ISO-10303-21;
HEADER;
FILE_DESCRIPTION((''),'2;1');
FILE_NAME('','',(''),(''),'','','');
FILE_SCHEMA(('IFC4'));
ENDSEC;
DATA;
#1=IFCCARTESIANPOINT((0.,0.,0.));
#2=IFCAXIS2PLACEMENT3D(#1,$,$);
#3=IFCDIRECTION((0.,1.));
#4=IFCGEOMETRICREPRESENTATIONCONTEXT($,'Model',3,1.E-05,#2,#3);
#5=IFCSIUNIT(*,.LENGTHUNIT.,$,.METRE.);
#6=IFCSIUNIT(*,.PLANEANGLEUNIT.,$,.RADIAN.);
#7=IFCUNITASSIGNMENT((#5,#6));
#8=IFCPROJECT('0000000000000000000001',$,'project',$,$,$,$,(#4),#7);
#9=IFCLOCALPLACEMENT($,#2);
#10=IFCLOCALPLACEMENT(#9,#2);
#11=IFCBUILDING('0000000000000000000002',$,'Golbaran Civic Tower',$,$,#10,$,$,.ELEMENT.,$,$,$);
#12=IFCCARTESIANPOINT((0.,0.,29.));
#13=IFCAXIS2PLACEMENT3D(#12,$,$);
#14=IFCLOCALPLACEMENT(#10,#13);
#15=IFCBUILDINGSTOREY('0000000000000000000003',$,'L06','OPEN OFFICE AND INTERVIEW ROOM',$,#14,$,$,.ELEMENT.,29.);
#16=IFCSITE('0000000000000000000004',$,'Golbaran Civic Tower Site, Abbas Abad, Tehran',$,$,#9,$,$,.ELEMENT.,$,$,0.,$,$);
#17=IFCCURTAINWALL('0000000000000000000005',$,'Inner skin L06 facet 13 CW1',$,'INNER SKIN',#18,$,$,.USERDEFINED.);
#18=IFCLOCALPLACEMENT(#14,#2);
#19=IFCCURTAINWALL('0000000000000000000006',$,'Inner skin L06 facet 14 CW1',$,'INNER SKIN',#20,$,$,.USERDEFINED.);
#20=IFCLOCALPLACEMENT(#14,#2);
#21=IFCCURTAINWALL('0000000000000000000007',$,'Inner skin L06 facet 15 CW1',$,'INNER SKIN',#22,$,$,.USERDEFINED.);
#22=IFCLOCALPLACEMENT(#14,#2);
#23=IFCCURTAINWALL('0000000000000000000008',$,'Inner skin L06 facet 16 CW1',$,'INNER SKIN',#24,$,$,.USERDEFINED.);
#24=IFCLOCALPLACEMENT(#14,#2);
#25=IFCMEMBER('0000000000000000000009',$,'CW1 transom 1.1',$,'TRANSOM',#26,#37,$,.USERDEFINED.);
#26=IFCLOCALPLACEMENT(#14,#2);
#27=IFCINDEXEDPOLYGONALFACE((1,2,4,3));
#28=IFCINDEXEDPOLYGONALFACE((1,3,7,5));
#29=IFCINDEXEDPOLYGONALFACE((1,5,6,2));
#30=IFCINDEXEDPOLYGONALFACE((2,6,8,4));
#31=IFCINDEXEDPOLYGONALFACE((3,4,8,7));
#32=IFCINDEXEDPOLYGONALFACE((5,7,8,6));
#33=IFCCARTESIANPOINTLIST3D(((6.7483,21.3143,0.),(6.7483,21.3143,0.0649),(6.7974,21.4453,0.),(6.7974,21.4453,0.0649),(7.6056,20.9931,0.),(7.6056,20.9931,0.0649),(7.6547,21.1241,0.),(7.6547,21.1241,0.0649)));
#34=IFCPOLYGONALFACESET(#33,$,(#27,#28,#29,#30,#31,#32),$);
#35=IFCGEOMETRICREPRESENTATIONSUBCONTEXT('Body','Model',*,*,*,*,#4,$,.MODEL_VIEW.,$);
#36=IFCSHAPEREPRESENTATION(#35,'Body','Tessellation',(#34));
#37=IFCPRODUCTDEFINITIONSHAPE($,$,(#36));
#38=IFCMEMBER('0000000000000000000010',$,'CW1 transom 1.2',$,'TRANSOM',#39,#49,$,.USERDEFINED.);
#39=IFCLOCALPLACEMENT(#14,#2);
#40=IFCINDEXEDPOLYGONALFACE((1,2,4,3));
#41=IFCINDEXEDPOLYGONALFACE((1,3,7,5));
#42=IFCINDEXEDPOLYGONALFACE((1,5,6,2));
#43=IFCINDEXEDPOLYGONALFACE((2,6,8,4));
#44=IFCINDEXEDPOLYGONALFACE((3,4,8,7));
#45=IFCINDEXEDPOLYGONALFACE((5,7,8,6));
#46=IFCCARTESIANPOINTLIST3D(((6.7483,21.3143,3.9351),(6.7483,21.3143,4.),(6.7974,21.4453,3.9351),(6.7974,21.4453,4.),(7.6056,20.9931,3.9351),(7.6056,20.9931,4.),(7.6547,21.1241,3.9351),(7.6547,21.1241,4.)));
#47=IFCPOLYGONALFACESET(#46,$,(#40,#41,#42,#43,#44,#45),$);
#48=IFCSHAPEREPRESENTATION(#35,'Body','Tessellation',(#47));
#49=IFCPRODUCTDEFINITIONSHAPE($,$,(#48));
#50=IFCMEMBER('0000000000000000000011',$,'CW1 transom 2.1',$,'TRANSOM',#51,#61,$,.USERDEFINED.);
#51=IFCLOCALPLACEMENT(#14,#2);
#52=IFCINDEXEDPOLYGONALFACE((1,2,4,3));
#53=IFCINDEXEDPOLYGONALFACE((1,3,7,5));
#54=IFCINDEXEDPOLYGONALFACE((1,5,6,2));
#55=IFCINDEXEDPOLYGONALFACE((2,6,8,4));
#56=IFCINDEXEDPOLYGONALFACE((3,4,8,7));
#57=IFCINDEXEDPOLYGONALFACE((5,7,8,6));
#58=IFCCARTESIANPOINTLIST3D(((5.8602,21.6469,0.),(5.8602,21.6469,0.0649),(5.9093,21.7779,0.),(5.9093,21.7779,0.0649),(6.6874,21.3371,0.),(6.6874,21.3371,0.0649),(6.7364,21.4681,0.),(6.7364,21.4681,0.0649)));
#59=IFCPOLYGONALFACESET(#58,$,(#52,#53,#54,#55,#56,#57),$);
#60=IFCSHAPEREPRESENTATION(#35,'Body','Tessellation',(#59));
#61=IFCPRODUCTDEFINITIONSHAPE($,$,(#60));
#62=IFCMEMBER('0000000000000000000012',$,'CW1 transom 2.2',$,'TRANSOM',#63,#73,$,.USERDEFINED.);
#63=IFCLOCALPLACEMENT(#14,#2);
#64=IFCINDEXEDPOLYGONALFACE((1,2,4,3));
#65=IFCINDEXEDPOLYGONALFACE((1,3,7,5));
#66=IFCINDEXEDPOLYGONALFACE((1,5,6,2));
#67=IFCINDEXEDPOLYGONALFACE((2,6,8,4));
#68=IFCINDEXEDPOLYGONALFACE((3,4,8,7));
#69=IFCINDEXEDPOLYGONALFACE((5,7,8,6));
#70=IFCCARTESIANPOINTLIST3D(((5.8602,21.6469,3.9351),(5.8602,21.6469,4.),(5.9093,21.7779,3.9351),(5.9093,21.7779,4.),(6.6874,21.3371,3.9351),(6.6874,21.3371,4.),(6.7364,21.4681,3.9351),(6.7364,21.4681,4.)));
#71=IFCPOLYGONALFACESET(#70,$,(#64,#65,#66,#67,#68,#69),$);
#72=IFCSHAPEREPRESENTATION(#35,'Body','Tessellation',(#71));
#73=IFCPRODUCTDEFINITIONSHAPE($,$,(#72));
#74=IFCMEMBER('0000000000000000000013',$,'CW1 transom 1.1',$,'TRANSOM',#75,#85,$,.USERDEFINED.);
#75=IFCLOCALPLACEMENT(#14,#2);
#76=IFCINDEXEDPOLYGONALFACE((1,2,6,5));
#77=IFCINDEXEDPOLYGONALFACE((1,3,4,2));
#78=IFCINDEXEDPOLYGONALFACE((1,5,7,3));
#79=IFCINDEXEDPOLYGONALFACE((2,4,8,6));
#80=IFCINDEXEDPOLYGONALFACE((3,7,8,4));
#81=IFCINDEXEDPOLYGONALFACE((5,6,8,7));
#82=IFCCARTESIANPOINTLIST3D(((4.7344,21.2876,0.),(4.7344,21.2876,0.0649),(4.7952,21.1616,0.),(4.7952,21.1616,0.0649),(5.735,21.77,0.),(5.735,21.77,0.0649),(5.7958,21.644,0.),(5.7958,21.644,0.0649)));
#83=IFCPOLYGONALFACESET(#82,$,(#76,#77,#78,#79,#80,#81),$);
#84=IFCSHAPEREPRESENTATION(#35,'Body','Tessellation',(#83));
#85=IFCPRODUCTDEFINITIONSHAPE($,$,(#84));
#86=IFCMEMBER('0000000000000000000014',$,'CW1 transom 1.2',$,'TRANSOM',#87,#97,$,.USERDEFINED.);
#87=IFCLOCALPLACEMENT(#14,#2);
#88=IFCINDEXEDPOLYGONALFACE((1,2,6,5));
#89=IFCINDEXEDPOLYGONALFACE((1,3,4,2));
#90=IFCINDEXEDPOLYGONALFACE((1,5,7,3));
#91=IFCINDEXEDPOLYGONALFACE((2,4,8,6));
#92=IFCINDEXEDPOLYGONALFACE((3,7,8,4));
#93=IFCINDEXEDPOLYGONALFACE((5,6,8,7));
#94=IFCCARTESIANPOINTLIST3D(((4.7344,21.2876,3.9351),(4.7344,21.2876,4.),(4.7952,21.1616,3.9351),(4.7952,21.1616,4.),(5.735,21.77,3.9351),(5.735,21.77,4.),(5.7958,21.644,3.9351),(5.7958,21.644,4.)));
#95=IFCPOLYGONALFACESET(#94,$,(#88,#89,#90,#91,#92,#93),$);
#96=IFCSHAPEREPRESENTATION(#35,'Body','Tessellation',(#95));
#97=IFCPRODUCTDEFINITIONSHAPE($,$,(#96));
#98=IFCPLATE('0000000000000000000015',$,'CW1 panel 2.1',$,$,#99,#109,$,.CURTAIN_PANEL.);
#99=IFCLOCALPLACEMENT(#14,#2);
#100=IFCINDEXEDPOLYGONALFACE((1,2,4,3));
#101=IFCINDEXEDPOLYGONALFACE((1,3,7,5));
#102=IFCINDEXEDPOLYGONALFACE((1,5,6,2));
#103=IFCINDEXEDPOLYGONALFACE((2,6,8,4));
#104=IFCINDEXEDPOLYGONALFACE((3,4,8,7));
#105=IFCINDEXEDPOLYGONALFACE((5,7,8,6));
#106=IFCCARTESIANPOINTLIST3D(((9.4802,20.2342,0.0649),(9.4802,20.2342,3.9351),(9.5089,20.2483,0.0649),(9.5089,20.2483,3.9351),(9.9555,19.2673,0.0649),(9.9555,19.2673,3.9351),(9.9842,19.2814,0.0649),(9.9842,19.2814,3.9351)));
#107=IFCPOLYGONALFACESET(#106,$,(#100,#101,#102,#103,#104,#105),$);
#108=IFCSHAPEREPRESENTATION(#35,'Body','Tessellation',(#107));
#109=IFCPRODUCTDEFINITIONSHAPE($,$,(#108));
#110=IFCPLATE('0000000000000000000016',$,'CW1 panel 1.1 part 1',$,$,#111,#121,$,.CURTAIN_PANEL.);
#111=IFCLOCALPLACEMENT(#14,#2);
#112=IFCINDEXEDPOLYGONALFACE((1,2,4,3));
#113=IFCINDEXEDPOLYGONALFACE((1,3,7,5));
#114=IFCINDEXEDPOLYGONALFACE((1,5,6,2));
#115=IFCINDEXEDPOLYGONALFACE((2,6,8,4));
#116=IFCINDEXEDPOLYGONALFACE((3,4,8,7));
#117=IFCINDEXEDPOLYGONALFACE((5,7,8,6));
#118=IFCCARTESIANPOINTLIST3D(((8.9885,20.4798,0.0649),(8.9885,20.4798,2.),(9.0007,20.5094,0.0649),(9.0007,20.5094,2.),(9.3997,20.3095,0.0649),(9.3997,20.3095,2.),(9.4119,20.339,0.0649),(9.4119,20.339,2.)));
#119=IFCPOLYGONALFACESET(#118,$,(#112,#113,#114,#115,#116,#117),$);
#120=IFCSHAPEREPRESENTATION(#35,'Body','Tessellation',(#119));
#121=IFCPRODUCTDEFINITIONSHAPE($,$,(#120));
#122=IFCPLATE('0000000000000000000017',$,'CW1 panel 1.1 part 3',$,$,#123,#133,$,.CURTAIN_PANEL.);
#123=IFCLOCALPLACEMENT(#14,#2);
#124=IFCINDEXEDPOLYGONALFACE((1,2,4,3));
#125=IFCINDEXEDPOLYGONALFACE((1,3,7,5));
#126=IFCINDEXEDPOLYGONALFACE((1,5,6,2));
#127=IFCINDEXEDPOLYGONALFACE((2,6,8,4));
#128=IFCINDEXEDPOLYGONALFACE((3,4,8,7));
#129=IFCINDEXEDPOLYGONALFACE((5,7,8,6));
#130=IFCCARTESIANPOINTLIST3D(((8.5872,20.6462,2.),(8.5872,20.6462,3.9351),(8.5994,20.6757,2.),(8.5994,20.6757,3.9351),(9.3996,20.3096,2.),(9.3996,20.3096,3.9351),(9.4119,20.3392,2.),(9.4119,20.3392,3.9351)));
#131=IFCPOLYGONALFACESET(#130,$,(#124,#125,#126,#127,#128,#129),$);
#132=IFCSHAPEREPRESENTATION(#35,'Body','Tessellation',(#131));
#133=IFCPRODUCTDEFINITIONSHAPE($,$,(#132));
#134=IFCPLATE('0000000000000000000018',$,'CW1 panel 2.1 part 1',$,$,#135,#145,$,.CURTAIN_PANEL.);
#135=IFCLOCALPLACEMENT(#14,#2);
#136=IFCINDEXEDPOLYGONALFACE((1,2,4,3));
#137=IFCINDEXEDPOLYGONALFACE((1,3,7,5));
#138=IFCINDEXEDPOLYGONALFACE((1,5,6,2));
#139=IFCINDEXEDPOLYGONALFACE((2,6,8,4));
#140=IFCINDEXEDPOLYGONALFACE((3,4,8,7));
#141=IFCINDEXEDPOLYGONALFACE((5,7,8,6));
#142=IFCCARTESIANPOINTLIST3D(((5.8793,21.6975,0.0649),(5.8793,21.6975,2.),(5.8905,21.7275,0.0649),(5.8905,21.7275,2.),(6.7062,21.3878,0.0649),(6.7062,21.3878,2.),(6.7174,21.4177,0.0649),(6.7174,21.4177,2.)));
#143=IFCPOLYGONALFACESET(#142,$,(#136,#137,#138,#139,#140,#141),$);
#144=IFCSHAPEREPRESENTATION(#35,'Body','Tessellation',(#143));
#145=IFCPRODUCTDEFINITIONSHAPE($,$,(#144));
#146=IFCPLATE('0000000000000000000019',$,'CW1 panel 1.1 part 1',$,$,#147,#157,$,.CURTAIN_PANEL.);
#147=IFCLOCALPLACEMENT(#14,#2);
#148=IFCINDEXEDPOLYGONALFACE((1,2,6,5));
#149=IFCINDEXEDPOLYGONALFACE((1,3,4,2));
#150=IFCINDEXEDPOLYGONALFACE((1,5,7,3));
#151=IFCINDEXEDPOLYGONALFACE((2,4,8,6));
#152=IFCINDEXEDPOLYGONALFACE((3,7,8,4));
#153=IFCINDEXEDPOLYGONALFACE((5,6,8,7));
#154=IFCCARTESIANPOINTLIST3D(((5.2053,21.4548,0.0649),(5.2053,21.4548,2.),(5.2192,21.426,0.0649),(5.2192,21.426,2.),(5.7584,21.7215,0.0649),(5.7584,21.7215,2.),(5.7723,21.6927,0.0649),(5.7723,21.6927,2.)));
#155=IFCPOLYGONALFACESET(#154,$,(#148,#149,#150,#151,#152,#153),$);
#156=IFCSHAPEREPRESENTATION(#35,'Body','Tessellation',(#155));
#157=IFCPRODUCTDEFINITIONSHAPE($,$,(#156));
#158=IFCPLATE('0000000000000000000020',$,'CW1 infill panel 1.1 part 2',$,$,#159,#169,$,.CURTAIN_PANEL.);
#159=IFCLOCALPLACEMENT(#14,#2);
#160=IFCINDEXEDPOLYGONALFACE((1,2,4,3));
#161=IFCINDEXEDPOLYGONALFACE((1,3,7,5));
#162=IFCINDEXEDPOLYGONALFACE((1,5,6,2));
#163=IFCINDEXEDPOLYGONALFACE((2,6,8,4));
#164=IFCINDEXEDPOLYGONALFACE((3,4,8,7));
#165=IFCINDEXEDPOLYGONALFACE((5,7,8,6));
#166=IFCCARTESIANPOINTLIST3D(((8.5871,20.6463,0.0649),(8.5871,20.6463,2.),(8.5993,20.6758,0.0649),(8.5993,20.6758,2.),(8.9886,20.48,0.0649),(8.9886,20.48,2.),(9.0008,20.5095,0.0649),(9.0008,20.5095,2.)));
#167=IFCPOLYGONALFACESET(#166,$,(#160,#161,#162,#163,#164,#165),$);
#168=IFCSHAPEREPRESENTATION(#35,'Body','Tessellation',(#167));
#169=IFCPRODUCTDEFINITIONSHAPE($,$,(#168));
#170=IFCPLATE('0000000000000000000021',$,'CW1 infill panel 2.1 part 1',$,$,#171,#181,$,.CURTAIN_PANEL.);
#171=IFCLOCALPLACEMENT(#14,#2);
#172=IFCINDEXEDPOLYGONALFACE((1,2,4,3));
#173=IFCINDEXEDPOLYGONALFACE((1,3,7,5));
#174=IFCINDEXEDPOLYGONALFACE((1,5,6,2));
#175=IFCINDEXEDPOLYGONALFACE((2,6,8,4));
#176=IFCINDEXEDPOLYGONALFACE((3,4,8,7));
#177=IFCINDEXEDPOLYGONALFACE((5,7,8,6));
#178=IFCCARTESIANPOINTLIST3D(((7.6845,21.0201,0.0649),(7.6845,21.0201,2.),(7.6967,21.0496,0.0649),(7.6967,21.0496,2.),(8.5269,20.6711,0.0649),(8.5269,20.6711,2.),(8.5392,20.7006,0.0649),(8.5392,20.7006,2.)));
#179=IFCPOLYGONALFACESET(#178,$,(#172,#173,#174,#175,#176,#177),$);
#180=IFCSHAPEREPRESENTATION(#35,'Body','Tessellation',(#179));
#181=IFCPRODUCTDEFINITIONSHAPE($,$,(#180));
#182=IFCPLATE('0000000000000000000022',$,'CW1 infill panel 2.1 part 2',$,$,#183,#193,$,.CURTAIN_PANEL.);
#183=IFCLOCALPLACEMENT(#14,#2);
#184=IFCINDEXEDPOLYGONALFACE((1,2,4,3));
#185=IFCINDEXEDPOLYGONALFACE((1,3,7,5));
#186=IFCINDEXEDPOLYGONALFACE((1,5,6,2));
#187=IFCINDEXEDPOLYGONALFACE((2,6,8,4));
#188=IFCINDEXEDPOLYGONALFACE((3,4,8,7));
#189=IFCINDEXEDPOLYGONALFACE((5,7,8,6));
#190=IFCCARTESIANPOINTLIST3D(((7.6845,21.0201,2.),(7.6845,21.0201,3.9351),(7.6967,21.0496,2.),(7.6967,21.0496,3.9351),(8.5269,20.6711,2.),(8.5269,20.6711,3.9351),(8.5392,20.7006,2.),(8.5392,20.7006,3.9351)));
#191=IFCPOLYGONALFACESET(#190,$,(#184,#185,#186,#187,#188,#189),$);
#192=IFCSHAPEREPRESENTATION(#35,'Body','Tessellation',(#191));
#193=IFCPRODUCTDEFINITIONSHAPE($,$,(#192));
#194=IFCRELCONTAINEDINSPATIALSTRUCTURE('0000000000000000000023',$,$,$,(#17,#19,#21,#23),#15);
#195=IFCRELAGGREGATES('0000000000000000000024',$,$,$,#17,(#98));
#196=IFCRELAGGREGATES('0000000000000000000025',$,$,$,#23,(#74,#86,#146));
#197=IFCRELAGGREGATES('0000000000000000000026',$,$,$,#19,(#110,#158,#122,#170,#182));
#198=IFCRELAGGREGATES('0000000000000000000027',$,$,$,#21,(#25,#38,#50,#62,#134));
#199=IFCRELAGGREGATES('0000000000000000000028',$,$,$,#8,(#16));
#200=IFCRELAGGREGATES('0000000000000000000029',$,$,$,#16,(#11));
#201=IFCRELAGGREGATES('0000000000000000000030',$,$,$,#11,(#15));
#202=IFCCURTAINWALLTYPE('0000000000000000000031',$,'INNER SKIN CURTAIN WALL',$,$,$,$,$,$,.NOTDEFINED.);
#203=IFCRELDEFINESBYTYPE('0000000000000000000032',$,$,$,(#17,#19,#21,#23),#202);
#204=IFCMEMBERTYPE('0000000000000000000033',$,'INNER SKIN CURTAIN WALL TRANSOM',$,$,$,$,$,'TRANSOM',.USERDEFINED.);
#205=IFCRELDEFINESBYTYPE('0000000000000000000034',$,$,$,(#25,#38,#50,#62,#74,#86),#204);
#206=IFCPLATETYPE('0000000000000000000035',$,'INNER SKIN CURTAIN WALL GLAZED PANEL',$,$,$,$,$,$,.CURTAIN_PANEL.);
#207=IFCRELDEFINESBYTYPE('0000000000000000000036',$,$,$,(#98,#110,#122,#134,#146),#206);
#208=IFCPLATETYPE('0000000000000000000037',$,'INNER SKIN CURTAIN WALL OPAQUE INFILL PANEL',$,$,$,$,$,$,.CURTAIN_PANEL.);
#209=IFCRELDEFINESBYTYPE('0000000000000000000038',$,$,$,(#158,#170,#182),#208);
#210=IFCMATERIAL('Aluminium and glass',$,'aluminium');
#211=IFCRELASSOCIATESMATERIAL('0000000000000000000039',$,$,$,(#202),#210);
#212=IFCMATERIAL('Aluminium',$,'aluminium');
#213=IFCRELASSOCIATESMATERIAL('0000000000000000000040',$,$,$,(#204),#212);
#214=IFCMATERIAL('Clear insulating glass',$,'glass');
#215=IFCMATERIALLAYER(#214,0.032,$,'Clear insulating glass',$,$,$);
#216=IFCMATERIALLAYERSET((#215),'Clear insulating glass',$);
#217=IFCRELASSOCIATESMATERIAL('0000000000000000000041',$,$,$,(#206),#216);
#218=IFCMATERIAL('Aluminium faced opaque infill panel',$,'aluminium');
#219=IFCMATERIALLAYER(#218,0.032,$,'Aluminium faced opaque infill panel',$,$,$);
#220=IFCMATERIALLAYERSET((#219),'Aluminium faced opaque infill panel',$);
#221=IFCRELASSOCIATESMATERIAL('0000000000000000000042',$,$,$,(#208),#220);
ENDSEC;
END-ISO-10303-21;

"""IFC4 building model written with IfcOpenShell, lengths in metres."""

from ifc_helpers import new_model, si_unit, direction, frame, origin, origin_2d, place, context, subcontext, project, spatial, rectangle, extrude, material, layer, layer_set, material_profile, profile_set, type_object, element, aggregate, save


model = new_model("IFC4")

# Units and contexts
model_context = context("Model", 3, precision=1e-05, world=origin(), true_north=direction((0.0, 1.0)))
body_context = subcontext(model_context, "Body", "Model", "MODEL_VIEW")
ifc_project = project(units=[si_unit("LENGTHUNIT", "METRE"), si_unit("PLANEANGLEUNIT", "RADIAN")], contexts=[model_context])

# Site, building, storey
site_placement = place(None, origin())
site = spatial("IfcSite", under=ifc_project, at=site_placement, Name="Golbaran Civic Tower Site, Abbas Abad, Tehran", CompositionType="ELEMENT", RefElevation=0.0)
building_placement = place(site_placement, origin())
building = spatial("IfcBuilding", under=site, at=building_placement, Name="Golbaran Civic Tower", CompositionType="ELEMENT")
storey_placement = place(building_placement, frame((0.0, 0.0, 29.0)))
storey = spatial("IfcBuildingStorey", under=building, at=storey_placement, Name="L06", Description="OPEN OFFICE AND INTERVIEW ROOM", CompositionType="ELEMENT", Elevation=29.0)

# Curtain wall
ifc_material_1 = material(Name="Aluminium and glass", Category="aluminium")
curtain_wall_type = type_object("IfcCurtainWallType", Name="INNER SKIN CURTAIN WALL", PredefinedType="NOTDEFINED", material=ifc_material_1)
curtain_wall_1_placement = place(storey_placement, origin())
curtain_wall_1 = element("IfcCurtainWall", 1, at=curtain_wall_1_placement, inside=storey, type_object=curtain_wall_type, Name="Inner skin L06 facet 13 CW1", ObjectType="INNER SKIN", PredefinedType="USERDEFINED")
ifc_material_2 = material(Name="Aluminium", Category="aluminium")

# Curtain walls
curtain_wall_2_placement = place(storey_placement, origin())
curtain_wall_2 = element("IfcCurtainWall", 2, at=curtain_wall_2_placement, inside=storey, type_object=curtain_wall_type, Name="Inner skin L06 facet 14 CW1", ObjectType="INNER SKIN", PredefinedType="USERDEFINED")
curtain_wall_3_placement = place(storey_placement, origin())
curtain_wall_3 = element("IfcCurtainWall", 3, at=curtain_wall_3_placement, inside=storey, type_object=curtain_wall_type, Name="Inner skin L06 facet 15 CW1", ObjectType="INNER SKIN", PredefinedType="USERDEFINED")

# Curtain wall
curtain_wall_4_placement = place(storey_placement, origin())
curtain_wall_4 = element("IfcCurtainWall", 4, at=curtain_wall_4_placement, inside=storey, type_object=curtain_wall_type, Name="Inner skin L06 facet 16 CW1", ObjectType="INNER SKIN", PredefinedType="USERDEFINED")

# Members
ifc_material_profile_1 = material_profile(ifc_material_2, rectangle(XDim=0.1399, YDim=0.0649, at=origin_2d()), Name="INNER SKIN CURTAIN WALL TRANSOM")
ifc_profile_set_1 = profile_set([ifc_material_profile_1], Name="Aluminium")
member_type_1 = type_object("IfcMemberType", Name="INNER SKIN CURTAIN WALL TRANSOM", ElementType="TRANSOM", PredefinedType="USERDEFINED", material=ifc_profile_set_1)
member_1_placement = place(storey_placement, frame((7.6301, 21.0586, 0.0325), z_axis=(-0.936417, 0.35089, 0.0), x_axis=(-0.35089, -0.936417, 0.0)))
member_1 = element("IfcMember", 5, at=member_1_placement, type_object=member_type_1, Name="CW1 transom 1.1", ObjectType="TRANSOM", PredefinedType="USERDEFINED", context=body_context, shape_type="SweptSolid", body=[
    extrude(rectangle(XDim=0.1399, YDim=0.0649, at=origin_2d()), origin(), (0.0, 0.0, 1.0), 0.9155),
])
member_2_placement = place(storey_placement, frame((7.6301, 21.0586, 3.9675), z_axis=(-0.936417, 0.35089, 0.0), x_axis=(-0.35089, -0.936417, 0.0)))
member_2 = element("IfcMember", 6, at=member_2_placement, type_object=member_type_1, Name="CW1 transom 1.2", ObjectType="TRANSOM", PredefinedType="USERDEFINED", context=body_context, shape_type="SweptSolid", body=[
    extrude(rectangle(XDim=0.1399, YDim=0.0649, at=origin_2d()), origin(), (0.0, 0.0, 1.0), 0.9155),
])
member_3_placement = place(storey_placement, frame((6.7119, 21.4026, 0.0325), z_axis=(-0.936465, 0.35076, 0.0), x_axis=(-0.35076, -0.936465, 0.0)))
member_3 = element("IfcMember", 7, at=member_3_placement, type_object=member_type_1, Name="CW1 transom 2.1", ObjectType="TRANSOM", PredefinedType="USERDEFINED", context=body_context, shape_type="SweptSolid", body=[
    extrude(rectangle(XDim=0.1399, YDim=0.0649, at=origin_2d()), origin(), (0.0, 0.0, 1.0), 0.8833),
])
member_4_placement = place(storey_placement, frame((6.7119, 21.4026, 3.9675), z_axis=(-0.936465, 0.35076, 0.0), x_axis=(-0.35076, -0.936465, 0.0)))
member_4 = element("IfcMember", 8, at=member_4_placement, type_object=member_type_1, Name="CW1 transom 2.2", ObjectType="TRANSOM", PredefinedType="USERDEFINED", context=body_context, shape_type="SweptSolid", body=[
    extrude(rectangle(XDim=0.1399, YDim=0.0649, at=origin_2d()), origin(), (0.0, 0.0, 1.0), 0.8833),
])
member_5_placement = place(storey_placement, frame((5.7654, 21.707, 0.0325), z_axis=(-0.900753, -0.434331, 0.0), x_axis=(0.434331, -0.900753, 0.0)))
member_5 = element("IfcMember", 9, at=member_5_placement, type_object=member_type_1, Name="CW1 transom 1.1", ObjectType="TRANSOM", PredefinedType="USERDEFINED", context=body_context, shape_type="SweptSolid", body=[
    extrude(rectangle(XDim=0.1399, YDim=0.0649, at=origin_2d()), origin(), (0.0, 0.0, 1.0), 1.1108),
])
member_6_placement = place(storey_placement, frame((5.7654, 21.707, 3.9675), z_axis=(-0.900753, -0.434331, 0.0), x_axis=(0.434331, -0.900753, 0.0)))
member_6 = element("IfcMember", 10, at=member_6_placement, type_object=member_type_1, Name="CW1 transom 1.2", ObjectType="TRANSOM", PredefinedType="USERDEFINED", context=body_context, shape_type="SweptSolid", body=[
    extrude(rectangle(XDim=0.1399, YDim=0.0649, at=origin_2d()), origin(), (0.0, 0.0, 1.0), 1.1108),
])

# Plates
ifc_material_3 = material(Name="Clear insulating glass", Category="glass")
ifc_layer_1 = layer(ifc_material_3, 0.032, Name="Clear insulating glass")
ifc_layer_set_1 = layer_set([ifc_layer_1], Name="Clear insulating glass")
plate_type_1 = type_object("IfcPlateType", Name="INNER SKIN CURTAIN WALL GLAZED PANEL", PredefinedType="CURTAIN_PANEL", material=ifc_layer_set_1)
plate_1_placement = place(storey_placement, frame((9.7322, 19.7578, 0.0649), z_axis=(0.0, 0.0, 1.0), x_axis=(-0.441207, 0.897405, 0.0)))
plate_1 = element("IfcPlate", 11, at=plate_1_placement, type_object=plate_type_1, Name="CW1 panel 2.1", PredefinedType="CURTAIN_PANEL", context=body_context, shape_type="SweptSolid", body=[
    extrude(rectangle(XDim=1.0774, YDim=0.032, at=origin_2d()), origin(), (0.0, 0.0, 1.0), 3.8701),
])
aggregate(curtain_wall_1, [plate_1])
plate_2_placement = place(storey_placement, frame((9.2002, 20.4094, 0.0649), z_axis=(0.0, 0.0, 1.0), x_axis=(-0.92388, 0.382683, 0.0)))
plate_2 = element("IfcPlate", 12, at=plate_2_placement, type_object=plate_type_1, Name="CW1 panel 1.1 part 1", PredefinedType="CURTAIN_PANEL", context=body_context, shape_type="SweptSolid", body=[
    extrude(rectangle(XDim=0.4451, YDim=0.032, at=origin_2d()), origin(), (0.0, 0.0, 1.0), 1.9351),
])
plate_3_placement = place(storey_placement, frame((8.9995, 20.4927, 2.0), z_axis=(0.0, 0.0, 1.0), x_axis=(-0.92388, 0.382683, 0.0)))
plate_3 = element("IfcPlate", 13, at=plate_3_placement, type_object=plate_type_1, Name="CW1 panel 1.1 part 3", PredefinedType="CURTAIN_PANEL", context=body_context, shape_type="SweptSolid", body=[
    extrude(rectangle(XDim=0.8794, YDim=0.032, at=origin_2d()), origin(), (0.0, 0.0, 1.0), 1.9351),
])
plate_4_placement = place(storey_placement, frame((6.2983, 21.5576, 0.0649), z_axis=(0.0, 0.0, 1.0), x_axis=(-0.936447, 0.350808, 0.0)))
plate_4 = element("IfcPlate", 14, at=plate_4_placement, type_object=plate_type_1, Name="CW1 panel 2.1 part 1", PredefinedType="CURTAIN_PANEL", context=body_context, shape_type="SweptSolid", body=[
    extrude(rectangle(XDim=0.8831, YDim=0.032, at=origin_2d()), origin(), (0.0, 0.0, 1.0), 1.9351),
])
plate_5_placement = place(storey_placement, frame((5.4888, 21.5737, 0.0649), z_axis=(0.0, 0.0, 1.0), x_axis=(-0.900767, -0.434302, 0.0)))
plate_5 = element("IfcPlate", 15, at=plate_5_placement, type_object=plate_type_1, Name="CW1 panel 1.1 part 1", PredefinedType="CURTAIN_PANEL", context=body_context, shape_type="SweptSolid", body=[
    extrude(rectangle(XDim=0.614, YDim=0.032, at=origin_2d()), origin(), (0.0, 0.0, 1.0), 1.9351),
])
aggregate(curtain_wall_4, [member_5, member_6, plate_5])
ifc_material_4 = material(Name="Aluminium faced opaque infill panel", Category="aluminium")
ifc_layer_2 = layer(ifc_material_4, 0.032, Name="Aluminium faced opaque infill panel")
ifc_layer_set_2 = layer_set([ifc_layer_2], Name="Aluminium faced opaque infill panel")
plate_type_2 = type_object("IfcPlateType", Name="INNER SKIN CURTAIN WALL OPAQUE INFILL PANEL", PredefinedType="CURTAIN_PANEL", material=ifc_layer_set_2)
plate_6_placement = place(storey_placement, frame((8.7939, 20.5779, 0.0649), z_axis=(0.0, 0.0, 1.0), x_axis=(-0.92388, 0.382683, 0.0)))
plate_6 = element("IfcPlate", 16, at=plate_6_placement, type_object=plate_type_2, Name="CW1 infill panel 1.1 part 2", PredefinedType="CURTAIN_PANEL", context=body_context, shape_type="SweptSolid", body=[
    extrude(rectangle(XDim=0.4346, YDim=0.032, at=origin_2d()), origin(), (0.0, 0.0, 1.0), 1.9351),
])
plate_7_placement = place(storey_placement, frame((8.1118, 20.8604, 0.0649), z_axis=(0.0, 0.0, 1.0), x_axis=(-0.92388, 0.382683, 0.0)))
plate_7 = element("IfcPlate", 17, at=plate_7_placement, type_object=plate_type_2, Name="CW1 infill panel 2.1 part 1", PredefinedType="CURTAIN_PANEL", context=body_context, shape_type="SweptSolid", body=[
    extrude(rectangle(XDim=0.9119, YDim=0.032, at=origin_2d()), origin(), (0.0, 0.0, 1.0), 1.9351),
])
plate_8_placement = place(storey_placement, frame((8.1118, 20.8604, 2.0), z_axis=(0.0, 0.0, 1.0), x_axis=(-0.92388, 0.382683, 0.0)))
plate_8 = element("IfcPlate", 18, at=plate_8_placement, type_object=plate_type_2, Name="CW1 infill panel 2.1 part 2", PredefinedType="CURTAIN_PANEL", context=body_context, shape_type="SweptSolid", body=[
    extrude(rectangle(XDim=0.9119, YDim=0.032, at=origin_2d()), origin(), (0.0, 0.0, 1.0), 1.9351),
])
aggregate(curtain_wall_2, [plate_2, plate_6, plate_3, plate_7, plate_8])
aggregate(curtain_wall_3, [member_1, member_2, member_3, member_4, plate_4])

save(model, "model.ifc")
